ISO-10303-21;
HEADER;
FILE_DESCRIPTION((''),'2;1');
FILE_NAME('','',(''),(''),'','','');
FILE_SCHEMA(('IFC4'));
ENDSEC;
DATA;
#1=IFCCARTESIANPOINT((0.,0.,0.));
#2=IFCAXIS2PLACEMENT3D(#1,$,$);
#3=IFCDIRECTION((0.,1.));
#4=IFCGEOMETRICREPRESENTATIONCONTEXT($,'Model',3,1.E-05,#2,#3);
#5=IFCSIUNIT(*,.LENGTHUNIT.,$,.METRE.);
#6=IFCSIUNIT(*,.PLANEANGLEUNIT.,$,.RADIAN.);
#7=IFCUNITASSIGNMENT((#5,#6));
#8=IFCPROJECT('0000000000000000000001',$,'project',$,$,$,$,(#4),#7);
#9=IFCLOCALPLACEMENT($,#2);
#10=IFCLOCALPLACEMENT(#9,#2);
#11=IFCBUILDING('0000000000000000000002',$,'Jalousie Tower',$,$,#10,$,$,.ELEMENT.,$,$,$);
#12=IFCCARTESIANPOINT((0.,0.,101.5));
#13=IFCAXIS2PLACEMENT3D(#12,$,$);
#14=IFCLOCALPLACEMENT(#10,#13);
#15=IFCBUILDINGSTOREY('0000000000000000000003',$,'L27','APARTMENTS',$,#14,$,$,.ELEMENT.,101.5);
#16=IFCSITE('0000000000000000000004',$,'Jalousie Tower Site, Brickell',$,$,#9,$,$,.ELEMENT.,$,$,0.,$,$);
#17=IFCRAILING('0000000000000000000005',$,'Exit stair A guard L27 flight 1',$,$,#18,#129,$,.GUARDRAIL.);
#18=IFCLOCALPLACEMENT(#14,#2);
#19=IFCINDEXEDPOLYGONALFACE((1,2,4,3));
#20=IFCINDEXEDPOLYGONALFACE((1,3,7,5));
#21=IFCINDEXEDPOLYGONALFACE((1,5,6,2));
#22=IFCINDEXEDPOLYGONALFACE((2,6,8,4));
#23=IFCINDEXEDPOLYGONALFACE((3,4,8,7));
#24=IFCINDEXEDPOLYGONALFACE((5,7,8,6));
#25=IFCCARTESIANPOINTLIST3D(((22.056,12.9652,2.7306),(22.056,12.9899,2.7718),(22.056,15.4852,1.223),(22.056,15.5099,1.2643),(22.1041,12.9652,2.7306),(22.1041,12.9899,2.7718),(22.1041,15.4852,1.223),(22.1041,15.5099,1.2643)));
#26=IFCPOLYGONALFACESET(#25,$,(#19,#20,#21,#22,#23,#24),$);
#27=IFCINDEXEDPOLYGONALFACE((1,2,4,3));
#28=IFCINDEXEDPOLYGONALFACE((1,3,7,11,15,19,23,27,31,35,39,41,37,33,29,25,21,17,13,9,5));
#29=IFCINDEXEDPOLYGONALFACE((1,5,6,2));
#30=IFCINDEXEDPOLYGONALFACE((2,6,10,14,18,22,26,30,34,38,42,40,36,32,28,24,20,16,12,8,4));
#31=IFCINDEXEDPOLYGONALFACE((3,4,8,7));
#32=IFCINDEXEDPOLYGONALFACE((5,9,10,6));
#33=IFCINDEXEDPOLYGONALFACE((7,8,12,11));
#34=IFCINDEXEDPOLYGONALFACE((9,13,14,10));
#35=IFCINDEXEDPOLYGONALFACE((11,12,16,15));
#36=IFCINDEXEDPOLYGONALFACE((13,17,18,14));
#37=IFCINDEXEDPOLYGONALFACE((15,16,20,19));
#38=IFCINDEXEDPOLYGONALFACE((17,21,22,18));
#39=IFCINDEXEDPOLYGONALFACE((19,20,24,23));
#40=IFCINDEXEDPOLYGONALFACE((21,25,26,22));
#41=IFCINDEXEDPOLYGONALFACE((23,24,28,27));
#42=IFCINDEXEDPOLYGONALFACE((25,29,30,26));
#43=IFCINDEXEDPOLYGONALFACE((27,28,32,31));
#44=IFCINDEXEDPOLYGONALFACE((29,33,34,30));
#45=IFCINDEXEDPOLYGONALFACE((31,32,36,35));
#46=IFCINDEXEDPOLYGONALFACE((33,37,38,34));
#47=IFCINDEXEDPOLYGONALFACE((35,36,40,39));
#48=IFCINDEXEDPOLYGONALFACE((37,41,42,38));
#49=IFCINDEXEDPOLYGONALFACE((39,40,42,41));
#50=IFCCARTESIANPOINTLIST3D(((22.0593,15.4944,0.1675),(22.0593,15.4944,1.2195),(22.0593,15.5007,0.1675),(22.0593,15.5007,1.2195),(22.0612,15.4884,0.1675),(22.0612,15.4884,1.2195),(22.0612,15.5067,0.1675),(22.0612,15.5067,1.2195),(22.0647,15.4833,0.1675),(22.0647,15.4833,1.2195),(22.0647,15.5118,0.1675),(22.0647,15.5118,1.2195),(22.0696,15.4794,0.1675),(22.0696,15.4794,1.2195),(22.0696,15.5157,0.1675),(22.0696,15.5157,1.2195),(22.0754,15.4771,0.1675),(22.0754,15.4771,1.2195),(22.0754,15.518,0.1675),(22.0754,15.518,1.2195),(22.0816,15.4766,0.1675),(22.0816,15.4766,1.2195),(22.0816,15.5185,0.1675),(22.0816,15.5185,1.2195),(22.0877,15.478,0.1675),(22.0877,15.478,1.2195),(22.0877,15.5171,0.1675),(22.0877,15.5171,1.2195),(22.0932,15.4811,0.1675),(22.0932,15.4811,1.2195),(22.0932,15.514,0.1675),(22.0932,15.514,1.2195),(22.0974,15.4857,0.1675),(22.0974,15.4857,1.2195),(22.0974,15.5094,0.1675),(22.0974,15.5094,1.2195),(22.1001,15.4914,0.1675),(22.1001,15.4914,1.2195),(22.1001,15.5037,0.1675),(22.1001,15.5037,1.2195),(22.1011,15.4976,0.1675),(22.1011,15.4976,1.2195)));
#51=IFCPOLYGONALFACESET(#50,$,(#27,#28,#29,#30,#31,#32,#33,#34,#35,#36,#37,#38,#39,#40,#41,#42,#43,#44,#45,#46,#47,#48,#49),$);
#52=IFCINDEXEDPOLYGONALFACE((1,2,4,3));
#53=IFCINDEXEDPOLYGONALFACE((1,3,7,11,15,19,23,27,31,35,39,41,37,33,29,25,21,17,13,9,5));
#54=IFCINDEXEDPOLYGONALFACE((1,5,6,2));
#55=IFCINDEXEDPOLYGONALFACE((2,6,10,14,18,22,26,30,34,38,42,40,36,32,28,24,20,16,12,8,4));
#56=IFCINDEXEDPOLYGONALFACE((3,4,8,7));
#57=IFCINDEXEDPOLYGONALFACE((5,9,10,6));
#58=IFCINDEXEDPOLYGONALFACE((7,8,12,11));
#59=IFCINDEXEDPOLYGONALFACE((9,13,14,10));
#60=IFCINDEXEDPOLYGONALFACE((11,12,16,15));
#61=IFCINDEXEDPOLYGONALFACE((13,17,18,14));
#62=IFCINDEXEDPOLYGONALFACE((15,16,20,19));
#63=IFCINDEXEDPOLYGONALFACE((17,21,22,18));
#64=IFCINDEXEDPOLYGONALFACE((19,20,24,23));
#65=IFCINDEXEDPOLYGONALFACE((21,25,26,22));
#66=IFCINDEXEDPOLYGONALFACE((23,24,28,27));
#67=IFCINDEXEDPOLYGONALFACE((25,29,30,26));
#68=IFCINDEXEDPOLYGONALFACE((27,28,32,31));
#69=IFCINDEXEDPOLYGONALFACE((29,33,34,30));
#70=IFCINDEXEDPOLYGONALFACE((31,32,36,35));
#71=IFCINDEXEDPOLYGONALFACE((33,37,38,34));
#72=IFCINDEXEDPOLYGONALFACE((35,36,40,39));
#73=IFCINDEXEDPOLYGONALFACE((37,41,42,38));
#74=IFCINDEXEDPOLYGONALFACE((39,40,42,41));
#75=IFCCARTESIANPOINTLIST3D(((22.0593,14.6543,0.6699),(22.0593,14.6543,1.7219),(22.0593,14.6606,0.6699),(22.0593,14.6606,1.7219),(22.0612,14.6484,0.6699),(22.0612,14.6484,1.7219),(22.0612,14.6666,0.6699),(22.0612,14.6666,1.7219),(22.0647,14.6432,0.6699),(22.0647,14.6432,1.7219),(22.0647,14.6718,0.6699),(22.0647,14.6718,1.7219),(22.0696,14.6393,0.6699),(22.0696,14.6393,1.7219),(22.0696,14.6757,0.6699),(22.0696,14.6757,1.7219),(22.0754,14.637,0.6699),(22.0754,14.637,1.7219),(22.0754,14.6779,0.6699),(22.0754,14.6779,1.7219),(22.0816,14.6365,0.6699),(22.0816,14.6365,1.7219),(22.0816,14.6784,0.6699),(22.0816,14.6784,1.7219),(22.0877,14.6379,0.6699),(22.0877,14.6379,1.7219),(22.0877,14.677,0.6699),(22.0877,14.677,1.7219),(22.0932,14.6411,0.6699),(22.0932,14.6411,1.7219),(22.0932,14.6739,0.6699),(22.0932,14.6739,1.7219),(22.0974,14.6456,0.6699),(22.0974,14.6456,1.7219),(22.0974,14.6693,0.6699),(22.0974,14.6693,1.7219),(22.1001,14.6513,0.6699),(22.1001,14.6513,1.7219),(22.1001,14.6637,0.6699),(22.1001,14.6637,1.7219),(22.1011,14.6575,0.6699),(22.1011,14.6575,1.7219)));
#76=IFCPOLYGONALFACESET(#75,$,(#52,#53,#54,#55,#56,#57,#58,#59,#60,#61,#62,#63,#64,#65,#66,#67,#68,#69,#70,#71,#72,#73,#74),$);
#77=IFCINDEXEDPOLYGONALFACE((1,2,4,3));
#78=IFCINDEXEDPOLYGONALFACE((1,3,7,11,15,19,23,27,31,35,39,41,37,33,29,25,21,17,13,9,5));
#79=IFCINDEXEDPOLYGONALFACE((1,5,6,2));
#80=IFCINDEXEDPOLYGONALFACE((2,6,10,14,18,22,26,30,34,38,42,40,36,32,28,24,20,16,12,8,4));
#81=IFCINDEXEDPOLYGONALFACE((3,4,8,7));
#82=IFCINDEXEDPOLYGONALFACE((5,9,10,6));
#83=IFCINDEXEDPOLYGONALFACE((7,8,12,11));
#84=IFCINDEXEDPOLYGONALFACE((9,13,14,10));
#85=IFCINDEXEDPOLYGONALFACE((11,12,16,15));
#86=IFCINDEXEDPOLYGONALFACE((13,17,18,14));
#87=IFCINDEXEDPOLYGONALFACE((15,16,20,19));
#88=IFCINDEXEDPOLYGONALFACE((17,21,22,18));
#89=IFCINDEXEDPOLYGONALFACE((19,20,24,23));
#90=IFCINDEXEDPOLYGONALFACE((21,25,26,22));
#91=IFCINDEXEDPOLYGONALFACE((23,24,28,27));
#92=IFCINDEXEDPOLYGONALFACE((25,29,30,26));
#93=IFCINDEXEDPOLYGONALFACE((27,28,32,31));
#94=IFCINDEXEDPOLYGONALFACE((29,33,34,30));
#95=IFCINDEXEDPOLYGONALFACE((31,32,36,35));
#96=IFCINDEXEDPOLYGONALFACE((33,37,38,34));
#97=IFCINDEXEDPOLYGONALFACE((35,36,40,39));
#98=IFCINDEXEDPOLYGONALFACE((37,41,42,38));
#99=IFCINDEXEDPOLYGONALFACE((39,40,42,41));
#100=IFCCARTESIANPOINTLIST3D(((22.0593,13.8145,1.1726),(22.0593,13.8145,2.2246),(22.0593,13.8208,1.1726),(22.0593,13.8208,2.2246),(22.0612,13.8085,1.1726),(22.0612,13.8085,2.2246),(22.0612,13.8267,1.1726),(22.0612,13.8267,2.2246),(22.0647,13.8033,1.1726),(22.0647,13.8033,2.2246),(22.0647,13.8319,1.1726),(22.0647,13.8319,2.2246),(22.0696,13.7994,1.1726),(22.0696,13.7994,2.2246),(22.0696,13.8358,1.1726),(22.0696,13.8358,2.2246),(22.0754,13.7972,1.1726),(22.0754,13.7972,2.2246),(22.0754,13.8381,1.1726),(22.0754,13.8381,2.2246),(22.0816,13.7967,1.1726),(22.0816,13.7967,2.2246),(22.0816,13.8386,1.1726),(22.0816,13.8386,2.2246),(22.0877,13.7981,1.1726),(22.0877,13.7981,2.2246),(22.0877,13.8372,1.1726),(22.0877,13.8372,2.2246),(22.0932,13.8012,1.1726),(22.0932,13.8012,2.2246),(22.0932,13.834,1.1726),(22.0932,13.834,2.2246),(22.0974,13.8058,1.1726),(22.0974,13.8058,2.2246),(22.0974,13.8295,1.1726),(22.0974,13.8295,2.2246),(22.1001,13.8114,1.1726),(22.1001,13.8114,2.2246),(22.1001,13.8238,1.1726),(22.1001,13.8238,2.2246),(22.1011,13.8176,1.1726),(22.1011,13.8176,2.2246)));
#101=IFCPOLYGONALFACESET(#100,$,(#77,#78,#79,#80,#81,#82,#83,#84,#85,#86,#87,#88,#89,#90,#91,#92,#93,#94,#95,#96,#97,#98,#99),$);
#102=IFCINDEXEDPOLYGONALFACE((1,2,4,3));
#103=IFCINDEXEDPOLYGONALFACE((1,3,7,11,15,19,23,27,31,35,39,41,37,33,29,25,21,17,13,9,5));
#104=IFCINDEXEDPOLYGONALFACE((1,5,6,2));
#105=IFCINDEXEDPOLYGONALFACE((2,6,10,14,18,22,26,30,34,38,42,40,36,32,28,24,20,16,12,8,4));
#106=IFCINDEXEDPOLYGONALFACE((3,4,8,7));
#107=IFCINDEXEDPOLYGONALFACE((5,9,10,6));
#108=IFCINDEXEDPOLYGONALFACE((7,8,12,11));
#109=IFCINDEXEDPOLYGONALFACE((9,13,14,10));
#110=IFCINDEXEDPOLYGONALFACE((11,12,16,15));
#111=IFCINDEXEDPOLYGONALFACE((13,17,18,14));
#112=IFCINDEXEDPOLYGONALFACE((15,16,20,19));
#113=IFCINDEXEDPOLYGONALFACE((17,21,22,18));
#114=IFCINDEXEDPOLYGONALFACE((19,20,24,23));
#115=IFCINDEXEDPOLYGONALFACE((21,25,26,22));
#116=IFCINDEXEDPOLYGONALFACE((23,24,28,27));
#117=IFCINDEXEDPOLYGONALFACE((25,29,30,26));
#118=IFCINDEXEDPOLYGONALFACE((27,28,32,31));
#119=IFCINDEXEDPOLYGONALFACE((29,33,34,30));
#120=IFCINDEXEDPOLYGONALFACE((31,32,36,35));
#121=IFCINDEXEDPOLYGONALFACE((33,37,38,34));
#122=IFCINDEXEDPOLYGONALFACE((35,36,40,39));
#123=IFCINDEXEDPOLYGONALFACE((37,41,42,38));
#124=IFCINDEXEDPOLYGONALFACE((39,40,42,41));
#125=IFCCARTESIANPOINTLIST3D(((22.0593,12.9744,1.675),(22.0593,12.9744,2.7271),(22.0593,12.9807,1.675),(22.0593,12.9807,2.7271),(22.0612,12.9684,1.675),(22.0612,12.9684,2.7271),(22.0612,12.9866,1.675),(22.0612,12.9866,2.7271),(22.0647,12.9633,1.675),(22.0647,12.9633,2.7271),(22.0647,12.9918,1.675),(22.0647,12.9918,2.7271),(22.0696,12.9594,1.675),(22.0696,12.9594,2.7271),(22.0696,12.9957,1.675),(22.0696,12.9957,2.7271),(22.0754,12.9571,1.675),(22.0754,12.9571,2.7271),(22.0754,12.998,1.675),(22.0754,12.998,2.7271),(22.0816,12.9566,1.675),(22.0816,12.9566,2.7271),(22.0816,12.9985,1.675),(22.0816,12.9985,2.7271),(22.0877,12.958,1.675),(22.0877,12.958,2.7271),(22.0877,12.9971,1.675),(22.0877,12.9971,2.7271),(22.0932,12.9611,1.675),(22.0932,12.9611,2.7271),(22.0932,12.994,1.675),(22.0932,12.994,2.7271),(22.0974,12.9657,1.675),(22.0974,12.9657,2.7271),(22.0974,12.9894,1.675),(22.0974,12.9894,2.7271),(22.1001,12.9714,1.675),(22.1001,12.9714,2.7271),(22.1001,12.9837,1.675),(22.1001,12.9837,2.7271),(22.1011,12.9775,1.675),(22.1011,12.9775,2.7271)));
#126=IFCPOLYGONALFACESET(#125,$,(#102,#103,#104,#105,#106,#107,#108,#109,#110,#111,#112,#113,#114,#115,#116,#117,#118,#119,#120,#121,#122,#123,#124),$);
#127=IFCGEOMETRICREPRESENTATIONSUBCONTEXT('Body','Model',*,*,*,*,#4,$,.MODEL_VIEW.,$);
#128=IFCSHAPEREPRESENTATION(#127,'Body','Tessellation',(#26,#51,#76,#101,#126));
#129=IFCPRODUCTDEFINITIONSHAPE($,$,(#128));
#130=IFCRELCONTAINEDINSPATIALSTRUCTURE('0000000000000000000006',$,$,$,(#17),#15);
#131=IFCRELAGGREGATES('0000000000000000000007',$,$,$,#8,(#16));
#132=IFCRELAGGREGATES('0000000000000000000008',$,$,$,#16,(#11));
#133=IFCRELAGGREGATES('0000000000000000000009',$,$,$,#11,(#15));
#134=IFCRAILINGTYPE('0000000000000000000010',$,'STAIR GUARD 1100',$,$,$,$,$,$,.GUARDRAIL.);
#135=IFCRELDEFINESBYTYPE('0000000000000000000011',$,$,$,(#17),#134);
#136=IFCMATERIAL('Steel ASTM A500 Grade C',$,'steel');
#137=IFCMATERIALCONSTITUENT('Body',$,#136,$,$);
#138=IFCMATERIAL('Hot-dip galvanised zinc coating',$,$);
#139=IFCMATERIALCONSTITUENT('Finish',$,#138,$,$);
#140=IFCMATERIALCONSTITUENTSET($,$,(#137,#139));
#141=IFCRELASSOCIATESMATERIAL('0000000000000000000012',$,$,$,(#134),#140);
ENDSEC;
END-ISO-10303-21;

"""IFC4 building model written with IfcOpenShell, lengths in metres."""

from ifc_helpers import new_model, si_unit, direction, frame, origin, origin_2d, place, context, subcontext, project, spatial, rectangle, circle, extrude, material, constituent, constituent_set, type_object, element, save


model = new_model("IFC4")

# Units and contexts
model_context = context("Model", 3, precision=1e-05, world=origin(), true_north=direction((0.0, 1.0)))
body_context = subcontext(model_context, "Body", "Model", "MODEL_VIEW")
ifc_project = project(units=[si_unit("LENGTHUNIT", "METRE"), si_unit("PLANEANGLEUNIT", "RADIAN")], contexts=[model_context])

# Site, building, storey
site_placement = place(None, origin())
site = spatial("IfcSite", under=ifc_project, at=site_placement, Name="Jalousie Tower Site, Brickell", CompositionType="ELEMENT", RefElevation=0.0)
building_placement = place(site_placement, origin())
building = spatial("IfcBuilding", under=site, at=building_placement, Name="Jalousie Tower", CompositionType="ELEMENT")
storey_placement = place(building_placement, frame((0.0, 0.0, 101.5)))
storey = spatial("IfcBuildingStorey", under=building, at=storey_placement, Name="L27", Description="APARTMENTS", CompositionType="ELEMENT", Elevation=101.5)

# Railing
ifc_material_1 = material(Name="Steel ASTM A500 Grade C", Category="steel")
ifc_constituent_1 = constituent(ifc_material_1, Name="Body")
ifc_material_2 = material(Name="Hot-dip galvanised zinc coating")
ifc_constituent_2 = constituent(ifc_material_2, Name="Finish")
ifc_constituent_set_1 = constituent_set(constituents=[ifc_constituent_1, ifc_constituent_2])
railing_type_1 = type_object("IfcRailingType", Name="STAIR GUARD 1100", PredefinedType="GUARDRAIL", material=ifc_constituent_set_1)
railing_1_placement = place(storey_placement, frame((22.0801, 15.4976, 0.1675)))
element("IfcRailing", 1, at=railing_1_placement, inside=storey, type_object=railing_type_1, Name="Exit stair A guard L27 flight 1", PredefinedType="GUARDRAIL", context=body_context, shape_type="SweptSolid", body=[
    extrude(rectangle(XDim=0.0481, YDim=0.0481, at=origin_2d()), frame((0.0, 0.0, 1.0762), z_axis=(0.0, -0.85816, 0.513383), x_axis=(1.0, 0.0, 0.0)), (0.0, 0.0, 1.0), 2.9365),
    extrude(circle(Radius=0.021, at=origin_2d()), origin(), (0.0, 0.0, 1.0), 1.052),
    extrude(circle(Radius=0.021, at=origin_2d()), frame((0.0, -0.8401, 0.5024)), (0.0, 0.0, 1.0), 1.052),
    extrude(circle(Radius=0.021, at=origin_2d()), frame((0.0, -1.6799, 1.0051)), (0.0, 0.0, 1.0), 1.052),
    extrude(circle(Radius=0.021, at=origin_2d()), frame((0.0, -2.52, 1.5076)), (0.0, 0.0, 1.0), 1.052),
])

save(model, "model.ifc")
